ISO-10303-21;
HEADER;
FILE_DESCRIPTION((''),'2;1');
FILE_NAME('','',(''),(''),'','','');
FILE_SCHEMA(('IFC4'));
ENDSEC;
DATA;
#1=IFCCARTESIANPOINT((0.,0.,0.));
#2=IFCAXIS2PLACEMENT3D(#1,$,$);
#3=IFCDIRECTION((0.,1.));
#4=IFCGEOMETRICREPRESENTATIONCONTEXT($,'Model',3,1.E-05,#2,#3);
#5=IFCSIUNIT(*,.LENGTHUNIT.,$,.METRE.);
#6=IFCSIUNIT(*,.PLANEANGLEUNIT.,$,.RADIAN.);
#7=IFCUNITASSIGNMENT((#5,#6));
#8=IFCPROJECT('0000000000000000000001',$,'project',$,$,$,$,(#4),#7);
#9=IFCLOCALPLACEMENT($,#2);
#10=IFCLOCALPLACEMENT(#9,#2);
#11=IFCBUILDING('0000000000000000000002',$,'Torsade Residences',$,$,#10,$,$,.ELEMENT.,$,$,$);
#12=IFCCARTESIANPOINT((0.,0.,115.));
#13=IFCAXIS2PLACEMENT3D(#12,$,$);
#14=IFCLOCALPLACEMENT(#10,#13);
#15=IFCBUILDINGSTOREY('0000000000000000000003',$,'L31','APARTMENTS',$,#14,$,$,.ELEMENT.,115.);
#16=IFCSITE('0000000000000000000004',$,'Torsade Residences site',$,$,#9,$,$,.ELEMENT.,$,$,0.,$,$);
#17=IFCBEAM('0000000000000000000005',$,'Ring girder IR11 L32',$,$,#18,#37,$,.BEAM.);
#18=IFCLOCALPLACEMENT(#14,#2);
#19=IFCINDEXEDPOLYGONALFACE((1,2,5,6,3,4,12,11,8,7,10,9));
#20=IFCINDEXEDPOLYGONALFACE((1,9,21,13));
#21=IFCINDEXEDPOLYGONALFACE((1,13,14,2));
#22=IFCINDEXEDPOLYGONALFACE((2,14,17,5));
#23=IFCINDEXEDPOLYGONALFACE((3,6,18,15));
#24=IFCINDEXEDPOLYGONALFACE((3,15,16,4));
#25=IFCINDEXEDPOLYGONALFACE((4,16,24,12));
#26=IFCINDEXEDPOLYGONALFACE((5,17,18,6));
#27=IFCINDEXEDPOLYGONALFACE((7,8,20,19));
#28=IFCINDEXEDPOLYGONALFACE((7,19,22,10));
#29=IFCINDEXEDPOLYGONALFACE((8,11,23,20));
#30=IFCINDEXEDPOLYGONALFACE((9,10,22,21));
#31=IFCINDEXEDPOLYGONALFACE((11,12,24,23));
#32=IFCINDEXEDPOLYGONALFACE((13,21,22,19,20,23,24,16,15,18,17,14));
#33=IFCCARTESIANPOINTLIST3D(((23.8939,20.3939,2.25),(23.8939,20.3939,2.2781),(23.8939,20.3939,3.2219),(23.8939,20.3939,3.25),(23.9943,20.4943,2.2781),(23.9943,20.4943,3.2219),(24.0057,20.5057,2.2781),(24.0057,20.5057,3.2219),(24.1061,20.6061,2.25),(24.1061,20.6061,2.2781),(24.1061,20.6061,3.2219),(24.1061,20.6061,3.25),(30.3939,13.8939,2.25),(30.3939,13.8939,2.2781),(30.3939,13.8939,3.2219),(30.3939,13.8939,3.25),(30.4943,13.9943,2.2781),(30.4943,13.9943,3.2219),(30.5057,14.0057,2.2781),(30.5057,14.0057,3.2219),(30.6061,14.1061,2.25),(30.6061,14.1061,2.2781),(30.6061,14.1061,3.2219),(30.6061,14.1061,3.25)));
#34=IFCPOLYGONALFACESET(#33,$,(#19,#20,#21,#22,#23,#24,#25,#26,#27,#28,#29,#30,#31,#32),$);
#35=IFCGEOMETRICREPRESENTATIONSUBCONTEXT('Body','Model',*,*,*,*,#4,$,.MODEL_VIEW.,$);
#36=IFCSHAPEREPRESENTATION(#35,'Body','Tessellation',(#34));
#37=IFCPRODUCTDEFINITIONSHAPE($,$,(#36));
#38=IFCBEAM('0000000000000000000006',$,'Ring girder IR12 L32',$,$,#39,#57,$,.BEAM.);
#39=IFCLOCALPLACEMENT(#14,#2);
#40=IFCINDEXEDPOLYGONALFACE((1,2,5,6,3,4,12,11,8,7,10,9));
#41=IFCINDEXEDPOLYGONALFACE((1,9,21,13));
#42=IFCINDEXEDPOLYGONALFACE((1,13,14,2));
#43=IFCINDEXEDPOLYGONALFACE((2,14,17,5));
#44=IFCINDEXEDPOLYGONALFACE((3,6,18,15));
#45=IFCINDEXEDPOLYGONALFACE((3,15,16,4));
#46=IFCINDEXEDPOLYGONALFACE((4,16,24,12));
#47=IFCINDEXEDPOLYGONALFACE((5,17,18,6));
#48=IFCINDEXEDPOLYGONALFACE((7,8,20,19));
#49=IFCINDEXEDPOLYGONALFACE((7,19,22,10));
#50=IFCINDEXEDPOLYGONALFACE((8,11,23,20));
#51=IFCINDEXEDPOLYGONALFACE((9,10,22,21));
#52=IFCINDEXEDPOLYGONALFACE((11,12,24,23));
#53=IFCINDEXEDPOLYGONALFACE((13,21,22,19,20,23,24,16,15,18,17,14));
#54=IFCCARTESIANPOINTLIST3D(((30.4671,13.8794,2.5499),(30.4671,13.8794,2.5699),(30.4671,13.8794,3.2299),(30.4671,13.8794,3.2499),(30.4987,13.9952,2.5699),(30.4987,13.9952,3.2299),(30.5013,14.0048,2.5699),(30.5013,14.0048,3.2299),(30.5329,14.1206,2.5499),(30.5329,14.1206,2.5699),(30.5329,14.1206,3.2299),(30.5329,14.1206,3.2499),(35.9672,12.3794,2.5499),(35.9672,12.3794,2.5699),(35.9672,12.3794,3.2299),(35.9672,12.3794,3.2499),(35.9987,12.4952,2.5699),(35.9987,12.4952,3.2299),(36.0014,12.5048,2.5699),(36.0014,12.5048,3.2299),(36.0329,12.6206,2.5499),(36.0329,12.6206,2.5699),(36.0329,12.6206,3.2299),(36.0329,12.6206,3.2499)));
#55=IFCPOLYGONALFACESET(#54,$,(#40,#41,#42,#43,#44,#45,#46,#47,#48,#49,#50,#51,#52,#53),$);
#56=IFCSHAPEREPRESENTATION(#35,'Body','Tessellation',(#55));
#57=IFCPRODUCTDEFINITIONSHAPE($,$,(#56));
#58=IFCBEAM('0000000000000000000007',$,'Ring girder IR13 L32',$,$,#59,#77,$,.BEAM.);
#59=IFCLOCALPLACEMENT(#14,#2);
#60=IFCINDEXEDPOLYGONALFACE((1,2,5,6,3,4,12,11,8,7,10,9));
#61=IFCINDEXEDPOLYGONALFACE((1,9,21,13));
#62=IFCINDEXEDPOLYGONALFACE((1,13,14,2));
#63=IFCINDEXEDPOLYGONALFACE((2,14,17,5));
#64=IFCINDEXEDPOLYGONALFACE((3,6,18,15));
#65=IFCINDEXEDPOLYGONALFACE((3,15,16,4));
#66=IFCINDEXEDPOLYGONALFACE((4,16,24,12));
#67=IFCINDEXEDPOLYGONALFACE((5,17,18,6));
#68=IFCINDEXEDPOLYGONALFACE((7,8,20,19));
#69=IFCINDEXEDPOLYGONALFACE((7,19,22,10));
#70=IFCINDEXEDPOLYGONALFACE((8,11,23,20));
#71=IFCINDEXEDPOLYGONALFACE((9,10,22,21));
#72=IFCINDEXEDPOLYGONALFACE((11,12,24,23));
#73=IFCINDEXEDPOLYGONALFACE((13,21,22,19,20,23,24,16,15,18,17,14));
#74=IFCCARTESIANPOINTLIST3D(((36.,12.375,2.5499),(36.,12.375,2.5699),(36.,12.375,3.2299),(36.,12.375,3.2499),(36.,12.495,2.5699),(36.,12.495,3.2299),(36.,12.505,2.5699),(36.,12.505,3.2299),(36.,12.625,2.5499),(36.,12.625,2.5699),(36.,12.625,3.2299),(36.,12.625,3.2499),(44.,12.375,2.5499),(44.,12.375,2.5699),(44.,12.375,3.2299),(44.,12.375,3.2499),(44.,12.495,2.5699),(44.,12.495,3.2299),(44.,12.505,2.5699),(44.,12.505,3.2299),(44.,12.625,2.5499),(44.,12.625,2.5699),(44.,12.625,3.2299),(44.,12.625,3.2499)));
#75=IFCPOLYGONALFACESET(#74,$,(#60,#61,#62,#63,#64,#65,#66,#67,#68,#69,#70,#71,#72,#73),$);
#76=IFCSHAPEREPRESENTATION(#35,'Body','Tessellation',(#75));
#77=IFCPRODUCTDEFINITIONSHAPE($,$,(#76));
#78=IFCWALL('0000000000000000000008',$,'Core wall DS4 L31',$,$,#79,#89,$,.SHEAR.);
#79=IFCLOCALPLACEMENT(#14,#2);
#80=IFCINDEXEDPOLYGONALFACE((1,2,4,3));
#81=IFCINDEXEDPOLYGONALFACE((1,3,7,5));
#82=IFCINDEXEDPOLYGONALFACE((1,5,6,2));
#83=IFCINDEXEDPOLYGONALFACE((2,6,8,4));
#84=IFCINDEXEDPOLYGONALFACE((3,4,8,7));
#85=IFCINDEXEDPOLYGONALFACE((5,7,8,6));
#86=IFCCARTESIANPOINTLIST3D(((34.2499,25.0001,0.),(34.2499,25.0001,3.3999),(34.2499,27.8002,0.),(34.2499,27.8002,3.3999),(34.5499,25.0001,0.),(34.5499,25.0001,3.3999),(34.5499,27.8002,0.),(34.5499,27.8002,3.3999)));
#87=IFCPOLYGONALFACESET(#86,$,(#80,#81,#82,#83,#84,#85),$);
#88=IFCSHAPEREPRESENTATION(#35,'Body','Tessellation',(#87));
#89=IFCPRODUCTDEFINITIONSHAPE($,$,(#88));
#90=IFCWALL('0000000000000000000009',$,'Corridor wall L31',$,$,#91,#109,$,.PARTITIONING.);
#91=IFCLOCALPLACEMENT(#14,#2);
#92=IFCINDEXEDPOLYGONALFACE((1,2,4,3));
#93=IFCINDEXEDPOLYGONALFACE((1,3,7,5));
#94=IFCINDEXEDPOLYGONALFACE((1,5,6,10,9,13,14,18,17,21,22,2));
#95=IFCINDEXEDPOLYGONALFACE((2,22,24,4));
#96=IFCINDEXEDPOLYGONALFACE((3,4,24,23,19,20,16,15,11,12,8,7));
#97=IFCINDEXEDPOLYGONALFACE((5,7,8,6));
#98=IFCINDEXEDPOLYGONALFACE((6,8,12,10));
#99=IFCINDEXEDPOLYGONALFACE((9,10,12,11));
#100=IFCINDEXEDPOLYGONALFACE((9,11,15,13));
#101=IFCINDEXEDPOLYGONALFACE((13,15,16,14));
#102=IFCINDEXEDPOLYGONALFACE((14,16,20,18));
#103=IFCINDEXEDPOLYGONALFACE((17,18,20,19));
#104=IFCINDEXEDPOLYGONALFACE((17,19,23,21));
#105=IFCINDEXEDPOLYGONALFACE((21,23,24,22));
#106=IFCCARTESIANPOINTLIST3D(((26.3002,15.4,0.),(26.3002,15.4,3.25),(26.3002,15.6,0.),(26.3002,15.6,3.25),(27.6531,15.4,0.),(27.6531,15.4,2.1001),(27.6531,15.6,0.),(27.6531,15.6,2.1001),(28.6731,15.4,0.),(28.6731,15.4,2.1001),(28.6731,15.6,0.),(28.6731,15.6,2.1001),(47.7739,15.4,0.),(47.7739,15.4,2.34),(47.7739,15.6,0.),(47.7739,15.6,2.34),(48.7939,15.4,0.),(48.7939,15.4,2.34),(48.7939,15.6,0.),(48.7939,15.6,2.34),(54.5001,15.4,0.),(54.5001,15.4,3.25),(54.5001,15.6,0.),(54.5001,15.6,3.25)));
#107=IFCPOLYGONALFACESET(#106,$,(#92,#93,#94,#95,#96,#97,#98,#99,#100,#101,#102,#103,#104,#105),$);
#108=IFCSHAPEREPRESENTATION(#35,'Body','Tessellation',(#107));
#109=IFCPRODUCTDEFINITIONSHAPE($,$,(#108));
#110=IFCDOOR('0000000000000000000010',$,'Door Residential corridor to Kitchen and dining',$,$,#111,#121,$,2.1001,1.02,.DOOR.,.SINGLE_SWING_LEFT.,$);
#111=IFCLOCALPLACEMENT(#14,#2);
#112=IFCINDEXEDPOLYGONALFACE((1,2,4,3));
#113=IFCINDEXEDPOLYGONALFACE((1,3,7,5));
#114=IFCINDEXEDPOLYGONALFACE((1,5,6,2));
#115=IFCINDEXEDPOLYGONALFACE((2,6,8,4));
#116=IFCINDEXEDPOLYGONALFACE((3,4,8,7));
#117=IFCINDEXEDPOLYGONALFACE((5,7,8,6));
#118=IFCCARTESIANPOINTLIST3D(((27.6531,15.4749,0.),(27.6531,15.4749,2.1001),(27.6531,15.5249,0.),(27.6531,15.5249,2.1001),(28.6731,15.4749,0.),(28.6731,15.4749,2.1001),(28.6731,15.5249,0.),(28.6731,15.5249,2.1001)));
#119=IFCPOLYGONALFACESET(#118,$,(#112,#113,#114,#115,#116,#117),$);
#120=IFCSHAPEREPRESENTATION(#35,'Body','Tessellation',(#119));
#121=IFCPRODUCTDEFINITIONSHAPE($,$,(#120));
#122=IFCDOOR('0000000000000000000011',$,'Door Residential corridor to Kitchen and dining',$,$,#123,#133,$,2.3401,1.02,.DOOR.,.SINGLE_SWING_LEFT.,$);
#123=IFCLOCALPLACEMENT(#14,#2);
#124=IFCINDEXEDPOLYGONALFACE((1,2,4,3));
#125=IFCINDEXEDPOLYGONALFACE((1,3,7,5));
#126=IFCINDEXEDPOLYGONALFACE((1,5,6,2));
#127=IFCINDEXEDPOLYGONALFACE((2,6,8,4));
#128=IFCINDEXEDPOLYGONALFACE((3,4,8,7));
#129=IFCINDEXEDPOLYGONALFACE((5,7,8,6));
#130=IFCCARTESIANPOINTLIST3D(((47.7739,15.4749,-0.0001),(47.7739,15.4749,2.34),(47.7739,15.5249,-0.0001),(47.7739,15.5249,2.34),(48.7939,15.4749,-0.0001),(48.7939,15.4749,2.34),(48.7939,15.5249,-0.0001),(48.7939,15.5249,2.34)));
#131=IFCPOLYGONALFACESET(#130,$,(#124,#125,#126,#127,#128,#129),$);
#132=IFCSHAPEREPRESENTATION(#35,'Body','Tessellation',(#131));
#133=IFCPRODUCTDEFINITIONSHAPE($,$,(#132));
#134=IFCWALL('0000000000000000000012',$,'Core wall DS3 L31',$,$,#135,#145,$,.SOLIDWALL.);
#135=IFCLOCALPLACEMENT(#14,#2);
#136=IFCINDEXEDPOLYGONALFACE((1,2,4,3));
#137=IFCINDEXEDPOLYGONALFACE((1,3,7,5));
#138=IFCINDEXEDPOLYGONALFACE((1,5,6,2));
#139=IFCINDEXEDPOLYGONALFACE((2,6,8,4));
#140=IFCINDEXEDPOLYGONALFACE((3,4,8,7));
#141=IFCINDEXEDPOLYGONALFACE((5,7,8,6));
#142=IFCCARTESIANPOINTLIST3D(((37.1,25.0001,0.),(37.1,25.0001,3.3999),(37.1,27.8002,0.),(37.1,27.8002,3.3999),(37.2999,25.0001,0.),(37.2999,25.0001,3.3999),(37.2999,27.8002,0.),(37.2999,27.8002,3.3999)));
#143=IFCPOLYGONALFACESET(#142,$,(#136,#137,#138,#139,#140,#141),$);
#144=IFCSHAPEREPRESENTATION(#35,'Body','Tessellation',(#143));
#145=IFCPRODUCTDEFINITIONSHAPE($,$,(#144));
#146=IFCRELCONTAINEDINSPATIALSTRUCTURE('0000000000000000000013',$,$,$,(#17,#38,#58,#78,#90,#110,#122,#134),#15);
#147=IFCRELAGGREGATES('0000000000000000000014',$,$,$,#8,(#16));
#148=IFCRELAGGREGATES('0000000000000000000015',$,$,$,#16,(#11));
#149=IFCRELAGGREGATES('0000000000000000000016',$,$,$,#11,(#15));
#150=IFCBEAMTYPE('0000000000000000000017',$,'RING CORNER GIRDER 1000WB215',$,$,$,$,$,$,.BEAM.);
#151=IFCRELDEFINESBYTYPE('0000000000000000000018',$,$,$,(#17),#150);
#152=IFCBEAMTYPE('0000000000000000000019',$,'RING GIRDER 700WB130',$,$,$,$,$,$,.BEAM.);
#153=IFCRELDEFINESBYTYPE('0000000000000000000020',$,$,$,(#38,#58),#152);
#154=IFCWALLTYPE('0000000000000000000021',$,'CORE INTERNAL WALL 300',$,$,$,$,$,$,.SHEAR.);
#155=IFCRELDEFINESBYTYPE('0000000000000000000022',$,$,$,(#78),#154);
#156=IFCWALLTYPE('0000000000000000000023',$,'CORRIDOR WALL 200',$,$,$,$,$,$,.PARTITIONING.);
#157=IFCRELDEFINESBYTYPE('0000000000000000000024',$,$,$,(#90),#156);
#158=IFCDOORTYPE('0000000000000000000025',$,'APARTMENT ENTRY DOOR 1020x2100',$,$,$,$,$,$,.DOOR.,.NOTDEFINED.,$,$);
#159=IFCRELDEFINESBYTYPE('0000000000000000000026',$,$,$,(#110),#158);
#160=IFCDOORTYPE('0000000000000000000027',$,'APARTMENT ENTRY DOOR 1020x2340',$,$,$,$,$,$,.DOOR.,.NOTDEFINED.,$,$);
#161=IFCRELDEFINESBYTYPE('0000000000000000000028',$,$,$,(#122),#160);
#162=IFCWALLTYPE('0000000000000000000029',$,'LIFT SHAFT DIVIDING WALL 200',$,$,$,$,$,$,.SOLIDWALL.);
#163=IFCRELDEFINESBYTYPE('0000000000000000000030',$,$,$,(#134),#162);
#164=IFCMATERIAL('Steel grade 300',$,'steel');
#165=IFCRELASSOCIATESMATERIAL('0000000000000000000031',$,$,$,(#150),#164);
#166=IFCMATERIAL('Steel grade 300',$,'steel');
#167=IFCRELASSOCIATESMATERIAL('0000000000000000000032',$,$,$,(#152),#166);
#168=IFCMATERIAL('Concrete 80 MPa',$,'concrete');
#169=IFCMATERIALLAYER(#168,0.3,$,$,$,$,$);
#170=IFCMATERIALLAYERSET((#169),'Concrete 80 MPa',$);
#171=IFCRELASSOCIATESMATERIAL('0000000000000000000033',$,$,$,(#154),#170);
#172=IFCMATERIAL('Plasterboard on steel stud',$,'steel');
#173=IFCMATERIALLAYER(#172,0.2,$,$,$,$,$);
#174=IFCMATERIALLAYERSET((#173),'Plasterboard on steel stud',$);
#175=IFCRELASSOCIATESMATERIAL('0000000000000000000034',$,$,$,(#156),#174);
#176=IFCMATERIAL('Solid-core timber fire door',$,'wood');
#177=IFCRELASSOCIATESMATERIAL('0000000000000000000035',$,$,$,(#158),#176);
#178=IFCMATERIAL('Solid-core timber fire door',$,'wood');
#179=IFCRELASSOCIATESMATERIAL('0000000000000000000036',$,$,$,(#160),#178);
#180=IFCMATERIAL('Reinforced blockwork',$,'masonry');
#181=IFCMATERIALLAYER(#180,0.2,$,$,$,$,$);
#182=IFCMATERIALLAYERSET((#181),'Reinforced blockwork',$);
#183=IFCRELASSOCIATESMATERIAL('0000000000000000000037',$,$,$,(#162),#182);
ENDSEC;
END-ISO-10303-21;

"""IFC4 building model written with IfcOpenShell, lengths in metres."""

from ifc_helpers import new_model, si_unit, direction, frame, frame_2d, origin, origin_2d, place, context, subcontext, project, spatial, rectangle, i_section, extrude, material, layer, layer_set, material_profile, profile_set, type_object, element, fill, save


model = new_model("IFC4")

# Units and contexts
model_context = context("Model", 3, precision=1e-05, world=origin(), true_north=direction((0.0, 1.0)))
body_context = subcontext(model_context, "Body", "Model", "MODEL_VIEW")
ifc_project = project(units=[si_unit("LENGTHUNIT", "METRE"), si_unit("PLANEANGLEUNIT", "RADIAN")], contexts=[model_context])

# Site, building, storey
site_placement = place(None, origin())
site = spatial("IfcSite", under=ifc_project, at=site_placement, Name="Torsade Residences site", CompositionType="ELEMENT", RefElevation=0.0)
building_placement = place(site_placement, origin())
building = spatial("IfcBuilding", under=site, at=building_placement, Name="Torsade Residences", CompositionType="ELEMENT")
storey_placement = place(building_placement, frame((0.0, 0.0, 115.0)))
storey = spatial("IfcBuildingStorey", under=building, at=storey_placement, Name="L31", Description="APARTMENTS", CompositionType="ELEMENT", Elevation=115.0)

# Beams
ifc_material_1 = material(Name="Steel grade 300", Category="steel")
ifc_material_profile_1 = material_profile(ifc_material_1, i_section(OverallWidth=0.3, OverallDepth=1.0, WebThickness=0.0161, FlangeThickness=0.0281, at=origin_2d()), Name="1000WB215")
ifc_profile_set_1 = profile_set([ifc_material_profile_1], Name="Steel grade 300")
beam_type_1 = type_object("IfcBeamType", Name="RING CORNER GIRDER 1000WB215", PredefinedType="BEAM", material=ifc_profile_set_1)
beam_1_placement = place(storey_placement, frame((24.0, 20.5, 2.75), z_axis=(0.707107, -0.707107, 0.0), x_axis=(0.707107, 0.707107, 0.0)))
element("IfcBeam", 1, at=beam_1_placement, inside=storey, type_object=beam_type_1, Name="Ring girder IR11 L32", PredefinedType="BEAM", context=body_context, shape_type="SweptSolid", body=[
    extrude(i_section(OverallWidth=0.3, OverallDepth=1.0, WebThickness=0.0161, FlangeThickness=0.0281, at=origin_2d()), origin(), (0.0, 0.0, 1.0), 9.1924),
])
ifc_material_2 = material(Name="Steel grade 300", Category="steel")
ifc_material_profile_2 = material_profile(ifc_material_2, i_section(OverallWidth=0.25, OverallDepth=0.7, WebThickness=0.01, FlangeThickness=0.02, at=origin_2d()), Name="700WB130")
ifc_profile_set_2 = profile_set([ifc_material_profile_2], Name="Steel grade 300")
beam_type_2 = type_object("IfcBeamType", Name="RING GIRDER 700WB130", PredefinedType="BEAM", material=ifc_profile_set_2)
beam_2_placement = place(storey_placement, frame((30.5, 14.0, 2.8999), z_axis=(0.964764, -0.263117, 0.0), x_axis=(0.263117, 0.964764, 0.0)))
element("IfcBeam", 2, at=beam_2_placement, inside=storey, type_object=beam_type_2, Name="Ring girder IR12 L32", PredefinedType="BEAM", context=body_context, shape_type="SweptSolid", body=[
    extrude(i_section(OverallWidth=0.25, OverallDepth=0.7, WebThickness=0.01, FlangeThickness=0.02, at=origin_2d()), origin(), (0.0, 0.0, 1.0), 5.7009),
])
beam_3_placement = place(storey_placement, frame((36.0, 12.5, 2.8999), z_axis=(1.0, 0.0, 0.0), x_axis=(0.0, 1.0, 0.0)))
element("IfcBeam", 3, at=beam_3_placement, inside=storey, type_object=beam_type_2, Name="Ring girder IR13 L32", PredefinedType="BEAM", context=body_context, shape_type="SweptSolid", body=[
    extrude(i_section(OverallWidth=0.25, OverallDepth=0.7, WebThickness=0.01, FlangeThickness=0.02, at=origin_2d()), origin(), (0.0, 0.0, 1.0), 8.0),
])

# Wall
ifc_material_3 = material(Name="Concrete 80 MPa", Category="concrete")
ifc_layer_1 = layer(ifc_material_3, 0.3)
ifc_layer_set_1 = layer_set([ifc_layer_1], Name="Concrete 80 MPa")
wall_type_1 = type_object("IfcWallType", Name="CORE INTERNAL WALL 300", PredefinedType="SHEAR", material=ifc_layer_set_1)
wall_1_placement = place(storey_placement, frame((34.3999, 27.8, 0.0), z_axis=(0.0, 0.0, 1.0), x_axis=(0.0, -1.0, 0.0)))
element("IfcWall", 4, at=wall_1_placement, inside=storey, type_object=wall_type_1, Name="Core wall DS4 L31", PredefinedType="SHEAR", context=body_context, shape_type="SweptSolid", body=[
    extrude(rectangle(XDim=2.8, YDim=0.3, at=frame_2d((1.3999, 0.0))), origin(), (0.0, 0.0, 1.0), 3.3999),
])

# Wall, openings, doors
ifc_material_4 = material(Name="Plasterboard on steel stud", Category="steel")
ifc_layer_2 = layer(ifc_material_4, 0.2)
ifc_layer_set_2 = layer_set([ifc_layer_2], Name="Plasterboard on steel stud")
wall_type_2 = type_object("IfcWallType", Name="CORRIDOR WALL 200", PredefinedType="PARTITIONING", material=ifc_layer_set_2)
wall_2_placement = place(storey_placement, frame((26.3, 15.5, 0.0), z_axis=(0.0, 0.0, 1.0), x_axis=(1.0, 0.0, 0.0)))
wall_2 = element("IfcWall", 5, at=wall_2_placement, inside=storey, type_object=wall_type_2, Name="Corridor wall L31", PredefinedType="PARTITIONING", context=body_context, shape_type="SweptSolid", body=[
    extrude(rectangle(XDim=28.2, YDim=0.2, at=frame_2d((14.1001, 0.0))), origin(), (0.0, 0.0, 1.0), 3.25),
])
opening_1_placement = place(wall_2_placement, frame((21.4739, 0.0, 0.0)))
opening_1 = element("IfcOpeningElement", 6, at=opening_1_placement, cuts=wall_2, PredefinedType="OPENING", context=body_context, shape_type="SweptSolid", body=[
    extrude(rectangle(XDim=1.02, YDim=2.3401, at=frame_2d((0.51, 1.1699))), frame((0.0, 0.1099, 0.0), z_axis=(0.0, -1.0, 0.0), x_axis=(1.0, 0.0, 0.0)), (0.0, 0.0, 1.0), 0.22),
])
opening_2_placement = place(wall_2_placement, frame((1.353, 0.0, 0.0)))
opening_2 = element("IfcOpeningElement", 7, at=opening_2_placement, cuts=wall_2, PredefinedType="OPENING", context=body_context, shape_type="SweptSolid", body=[
    extrude(rectangle(XDim=1.02, YDim=2.1001, at=frame_2d((0.51, 1.05))), frame((0.0, 0.1099, 0.0), z_axis=(0.0, -1.0, 0.0), x_axis=(1.0, 0.0, 0.0)), (0.0, 0.0, 1.0), 0.22),
])
ifc_material_5 = material(Name="Solid-core timber fire door", Category="wood")
door_type_1 = type_object("IfcDoorType", Name="APARTMENT ENTRY DOOR 1020x2100", OperationType="NOTDEFINED", PredefinedType="DOOR", material=ifc_material_5)
door_1_placement = place(opening_2_placement, origin())
door_1 = element("IfcDoor", 8, at=door_1_placement, inside=storey, type_object=door_type_1, Name="Door Residential corridor to Kitchen and dining", OperationType="SINGLE_SWING_LEFT", OverallHeight=2.1001, OverallWidth=1.02, PredefinedType="DOOR", context=body_context, shape_type="SweptSolid", body=[
    extrude(rectangle(XDim=1.02, YDim=2.1001, at=frame_2d((0.51, 1.05))), frame((0.0, 0.0249, 0.0), z_axis=(0.0, -1.0, 0.0), x_axis=(1.0, 0.0, 0.0)), (0.0, 0.0, 1.0), 0.05),
])
fill(opening_2, door_1)
ifc_material_6 = material(Name="Solid-core timber fire door", Category="wood")
door_type_2 = type_object("IfcDoorType", Name="APARTMENT ENTRY DOOR 1020x2340", OperationType="NOTDEFINED", PredefinedType="DOOR", material=ifc_material_6)
door_2_placement = place(opening_1_placement, origin())
door_2 = element("IfcDoor", 9, at=door_2_placement, inside=storey, type_object=door_type_2, Name="Door Residential corridor to Kitchen and dining", OperationType="SINGLE_SWING_LEFT", OverallHeight=2.3401, OverallWidth=1.02, PredefinedType="DOOR", context=body_context, shape_type="SweptSolid", body=[
    extrude(rectangle(XDim=1.02, YDim=2.3401, at=frame_2d((0.51, 1.1699))), frame((0.0, 0.0249, 0.0), z_axis=(0.0, -1.0, 0.0), x_axis=(1.0, 0.0, 0.0)), (0.0, 0.0, 1.0), 0.05),
])
fill(opening_1, door_2)

# Wall
ifc_material_7 = material(Name="Reinforced blockwork", Category="masonry")
ifc_layer_3 = layer(ifc_material_7, 0.2)
ifc_layer_set_3 = layer_set([ifc_layer_3], Name="Reinforced blockwork")
wall_type_3 = type_object("IfcWallType", Name="LIFT SHAFT DIVIDING WALL 200", PredefinedType="SOLIDWALL", material=ifc_layer_set_3)
wall_3_placement = place(storey_placement, frame((37.2, 27.8, 0.0), z_axis=(0.0, 0.0, 1.0), x_axis=(0.0, -1.0, 0.0)))
element("IfcWall", 10, at=wall_3_placement, inside=storey, type_object=wall_type_3, Name="Core wall DS3 L31", PredefinedType="SOLIDWALL", context=body_context, shape_type="SweptSolid", body=[
    extrude(rectangle(XDim=2.8, YDim=0.2, at=frame_2d((1.3999, 0.0))), origin(), (0.0, 0.0, 1.0), 3.3999),
])

save(model, "model.ifc")
